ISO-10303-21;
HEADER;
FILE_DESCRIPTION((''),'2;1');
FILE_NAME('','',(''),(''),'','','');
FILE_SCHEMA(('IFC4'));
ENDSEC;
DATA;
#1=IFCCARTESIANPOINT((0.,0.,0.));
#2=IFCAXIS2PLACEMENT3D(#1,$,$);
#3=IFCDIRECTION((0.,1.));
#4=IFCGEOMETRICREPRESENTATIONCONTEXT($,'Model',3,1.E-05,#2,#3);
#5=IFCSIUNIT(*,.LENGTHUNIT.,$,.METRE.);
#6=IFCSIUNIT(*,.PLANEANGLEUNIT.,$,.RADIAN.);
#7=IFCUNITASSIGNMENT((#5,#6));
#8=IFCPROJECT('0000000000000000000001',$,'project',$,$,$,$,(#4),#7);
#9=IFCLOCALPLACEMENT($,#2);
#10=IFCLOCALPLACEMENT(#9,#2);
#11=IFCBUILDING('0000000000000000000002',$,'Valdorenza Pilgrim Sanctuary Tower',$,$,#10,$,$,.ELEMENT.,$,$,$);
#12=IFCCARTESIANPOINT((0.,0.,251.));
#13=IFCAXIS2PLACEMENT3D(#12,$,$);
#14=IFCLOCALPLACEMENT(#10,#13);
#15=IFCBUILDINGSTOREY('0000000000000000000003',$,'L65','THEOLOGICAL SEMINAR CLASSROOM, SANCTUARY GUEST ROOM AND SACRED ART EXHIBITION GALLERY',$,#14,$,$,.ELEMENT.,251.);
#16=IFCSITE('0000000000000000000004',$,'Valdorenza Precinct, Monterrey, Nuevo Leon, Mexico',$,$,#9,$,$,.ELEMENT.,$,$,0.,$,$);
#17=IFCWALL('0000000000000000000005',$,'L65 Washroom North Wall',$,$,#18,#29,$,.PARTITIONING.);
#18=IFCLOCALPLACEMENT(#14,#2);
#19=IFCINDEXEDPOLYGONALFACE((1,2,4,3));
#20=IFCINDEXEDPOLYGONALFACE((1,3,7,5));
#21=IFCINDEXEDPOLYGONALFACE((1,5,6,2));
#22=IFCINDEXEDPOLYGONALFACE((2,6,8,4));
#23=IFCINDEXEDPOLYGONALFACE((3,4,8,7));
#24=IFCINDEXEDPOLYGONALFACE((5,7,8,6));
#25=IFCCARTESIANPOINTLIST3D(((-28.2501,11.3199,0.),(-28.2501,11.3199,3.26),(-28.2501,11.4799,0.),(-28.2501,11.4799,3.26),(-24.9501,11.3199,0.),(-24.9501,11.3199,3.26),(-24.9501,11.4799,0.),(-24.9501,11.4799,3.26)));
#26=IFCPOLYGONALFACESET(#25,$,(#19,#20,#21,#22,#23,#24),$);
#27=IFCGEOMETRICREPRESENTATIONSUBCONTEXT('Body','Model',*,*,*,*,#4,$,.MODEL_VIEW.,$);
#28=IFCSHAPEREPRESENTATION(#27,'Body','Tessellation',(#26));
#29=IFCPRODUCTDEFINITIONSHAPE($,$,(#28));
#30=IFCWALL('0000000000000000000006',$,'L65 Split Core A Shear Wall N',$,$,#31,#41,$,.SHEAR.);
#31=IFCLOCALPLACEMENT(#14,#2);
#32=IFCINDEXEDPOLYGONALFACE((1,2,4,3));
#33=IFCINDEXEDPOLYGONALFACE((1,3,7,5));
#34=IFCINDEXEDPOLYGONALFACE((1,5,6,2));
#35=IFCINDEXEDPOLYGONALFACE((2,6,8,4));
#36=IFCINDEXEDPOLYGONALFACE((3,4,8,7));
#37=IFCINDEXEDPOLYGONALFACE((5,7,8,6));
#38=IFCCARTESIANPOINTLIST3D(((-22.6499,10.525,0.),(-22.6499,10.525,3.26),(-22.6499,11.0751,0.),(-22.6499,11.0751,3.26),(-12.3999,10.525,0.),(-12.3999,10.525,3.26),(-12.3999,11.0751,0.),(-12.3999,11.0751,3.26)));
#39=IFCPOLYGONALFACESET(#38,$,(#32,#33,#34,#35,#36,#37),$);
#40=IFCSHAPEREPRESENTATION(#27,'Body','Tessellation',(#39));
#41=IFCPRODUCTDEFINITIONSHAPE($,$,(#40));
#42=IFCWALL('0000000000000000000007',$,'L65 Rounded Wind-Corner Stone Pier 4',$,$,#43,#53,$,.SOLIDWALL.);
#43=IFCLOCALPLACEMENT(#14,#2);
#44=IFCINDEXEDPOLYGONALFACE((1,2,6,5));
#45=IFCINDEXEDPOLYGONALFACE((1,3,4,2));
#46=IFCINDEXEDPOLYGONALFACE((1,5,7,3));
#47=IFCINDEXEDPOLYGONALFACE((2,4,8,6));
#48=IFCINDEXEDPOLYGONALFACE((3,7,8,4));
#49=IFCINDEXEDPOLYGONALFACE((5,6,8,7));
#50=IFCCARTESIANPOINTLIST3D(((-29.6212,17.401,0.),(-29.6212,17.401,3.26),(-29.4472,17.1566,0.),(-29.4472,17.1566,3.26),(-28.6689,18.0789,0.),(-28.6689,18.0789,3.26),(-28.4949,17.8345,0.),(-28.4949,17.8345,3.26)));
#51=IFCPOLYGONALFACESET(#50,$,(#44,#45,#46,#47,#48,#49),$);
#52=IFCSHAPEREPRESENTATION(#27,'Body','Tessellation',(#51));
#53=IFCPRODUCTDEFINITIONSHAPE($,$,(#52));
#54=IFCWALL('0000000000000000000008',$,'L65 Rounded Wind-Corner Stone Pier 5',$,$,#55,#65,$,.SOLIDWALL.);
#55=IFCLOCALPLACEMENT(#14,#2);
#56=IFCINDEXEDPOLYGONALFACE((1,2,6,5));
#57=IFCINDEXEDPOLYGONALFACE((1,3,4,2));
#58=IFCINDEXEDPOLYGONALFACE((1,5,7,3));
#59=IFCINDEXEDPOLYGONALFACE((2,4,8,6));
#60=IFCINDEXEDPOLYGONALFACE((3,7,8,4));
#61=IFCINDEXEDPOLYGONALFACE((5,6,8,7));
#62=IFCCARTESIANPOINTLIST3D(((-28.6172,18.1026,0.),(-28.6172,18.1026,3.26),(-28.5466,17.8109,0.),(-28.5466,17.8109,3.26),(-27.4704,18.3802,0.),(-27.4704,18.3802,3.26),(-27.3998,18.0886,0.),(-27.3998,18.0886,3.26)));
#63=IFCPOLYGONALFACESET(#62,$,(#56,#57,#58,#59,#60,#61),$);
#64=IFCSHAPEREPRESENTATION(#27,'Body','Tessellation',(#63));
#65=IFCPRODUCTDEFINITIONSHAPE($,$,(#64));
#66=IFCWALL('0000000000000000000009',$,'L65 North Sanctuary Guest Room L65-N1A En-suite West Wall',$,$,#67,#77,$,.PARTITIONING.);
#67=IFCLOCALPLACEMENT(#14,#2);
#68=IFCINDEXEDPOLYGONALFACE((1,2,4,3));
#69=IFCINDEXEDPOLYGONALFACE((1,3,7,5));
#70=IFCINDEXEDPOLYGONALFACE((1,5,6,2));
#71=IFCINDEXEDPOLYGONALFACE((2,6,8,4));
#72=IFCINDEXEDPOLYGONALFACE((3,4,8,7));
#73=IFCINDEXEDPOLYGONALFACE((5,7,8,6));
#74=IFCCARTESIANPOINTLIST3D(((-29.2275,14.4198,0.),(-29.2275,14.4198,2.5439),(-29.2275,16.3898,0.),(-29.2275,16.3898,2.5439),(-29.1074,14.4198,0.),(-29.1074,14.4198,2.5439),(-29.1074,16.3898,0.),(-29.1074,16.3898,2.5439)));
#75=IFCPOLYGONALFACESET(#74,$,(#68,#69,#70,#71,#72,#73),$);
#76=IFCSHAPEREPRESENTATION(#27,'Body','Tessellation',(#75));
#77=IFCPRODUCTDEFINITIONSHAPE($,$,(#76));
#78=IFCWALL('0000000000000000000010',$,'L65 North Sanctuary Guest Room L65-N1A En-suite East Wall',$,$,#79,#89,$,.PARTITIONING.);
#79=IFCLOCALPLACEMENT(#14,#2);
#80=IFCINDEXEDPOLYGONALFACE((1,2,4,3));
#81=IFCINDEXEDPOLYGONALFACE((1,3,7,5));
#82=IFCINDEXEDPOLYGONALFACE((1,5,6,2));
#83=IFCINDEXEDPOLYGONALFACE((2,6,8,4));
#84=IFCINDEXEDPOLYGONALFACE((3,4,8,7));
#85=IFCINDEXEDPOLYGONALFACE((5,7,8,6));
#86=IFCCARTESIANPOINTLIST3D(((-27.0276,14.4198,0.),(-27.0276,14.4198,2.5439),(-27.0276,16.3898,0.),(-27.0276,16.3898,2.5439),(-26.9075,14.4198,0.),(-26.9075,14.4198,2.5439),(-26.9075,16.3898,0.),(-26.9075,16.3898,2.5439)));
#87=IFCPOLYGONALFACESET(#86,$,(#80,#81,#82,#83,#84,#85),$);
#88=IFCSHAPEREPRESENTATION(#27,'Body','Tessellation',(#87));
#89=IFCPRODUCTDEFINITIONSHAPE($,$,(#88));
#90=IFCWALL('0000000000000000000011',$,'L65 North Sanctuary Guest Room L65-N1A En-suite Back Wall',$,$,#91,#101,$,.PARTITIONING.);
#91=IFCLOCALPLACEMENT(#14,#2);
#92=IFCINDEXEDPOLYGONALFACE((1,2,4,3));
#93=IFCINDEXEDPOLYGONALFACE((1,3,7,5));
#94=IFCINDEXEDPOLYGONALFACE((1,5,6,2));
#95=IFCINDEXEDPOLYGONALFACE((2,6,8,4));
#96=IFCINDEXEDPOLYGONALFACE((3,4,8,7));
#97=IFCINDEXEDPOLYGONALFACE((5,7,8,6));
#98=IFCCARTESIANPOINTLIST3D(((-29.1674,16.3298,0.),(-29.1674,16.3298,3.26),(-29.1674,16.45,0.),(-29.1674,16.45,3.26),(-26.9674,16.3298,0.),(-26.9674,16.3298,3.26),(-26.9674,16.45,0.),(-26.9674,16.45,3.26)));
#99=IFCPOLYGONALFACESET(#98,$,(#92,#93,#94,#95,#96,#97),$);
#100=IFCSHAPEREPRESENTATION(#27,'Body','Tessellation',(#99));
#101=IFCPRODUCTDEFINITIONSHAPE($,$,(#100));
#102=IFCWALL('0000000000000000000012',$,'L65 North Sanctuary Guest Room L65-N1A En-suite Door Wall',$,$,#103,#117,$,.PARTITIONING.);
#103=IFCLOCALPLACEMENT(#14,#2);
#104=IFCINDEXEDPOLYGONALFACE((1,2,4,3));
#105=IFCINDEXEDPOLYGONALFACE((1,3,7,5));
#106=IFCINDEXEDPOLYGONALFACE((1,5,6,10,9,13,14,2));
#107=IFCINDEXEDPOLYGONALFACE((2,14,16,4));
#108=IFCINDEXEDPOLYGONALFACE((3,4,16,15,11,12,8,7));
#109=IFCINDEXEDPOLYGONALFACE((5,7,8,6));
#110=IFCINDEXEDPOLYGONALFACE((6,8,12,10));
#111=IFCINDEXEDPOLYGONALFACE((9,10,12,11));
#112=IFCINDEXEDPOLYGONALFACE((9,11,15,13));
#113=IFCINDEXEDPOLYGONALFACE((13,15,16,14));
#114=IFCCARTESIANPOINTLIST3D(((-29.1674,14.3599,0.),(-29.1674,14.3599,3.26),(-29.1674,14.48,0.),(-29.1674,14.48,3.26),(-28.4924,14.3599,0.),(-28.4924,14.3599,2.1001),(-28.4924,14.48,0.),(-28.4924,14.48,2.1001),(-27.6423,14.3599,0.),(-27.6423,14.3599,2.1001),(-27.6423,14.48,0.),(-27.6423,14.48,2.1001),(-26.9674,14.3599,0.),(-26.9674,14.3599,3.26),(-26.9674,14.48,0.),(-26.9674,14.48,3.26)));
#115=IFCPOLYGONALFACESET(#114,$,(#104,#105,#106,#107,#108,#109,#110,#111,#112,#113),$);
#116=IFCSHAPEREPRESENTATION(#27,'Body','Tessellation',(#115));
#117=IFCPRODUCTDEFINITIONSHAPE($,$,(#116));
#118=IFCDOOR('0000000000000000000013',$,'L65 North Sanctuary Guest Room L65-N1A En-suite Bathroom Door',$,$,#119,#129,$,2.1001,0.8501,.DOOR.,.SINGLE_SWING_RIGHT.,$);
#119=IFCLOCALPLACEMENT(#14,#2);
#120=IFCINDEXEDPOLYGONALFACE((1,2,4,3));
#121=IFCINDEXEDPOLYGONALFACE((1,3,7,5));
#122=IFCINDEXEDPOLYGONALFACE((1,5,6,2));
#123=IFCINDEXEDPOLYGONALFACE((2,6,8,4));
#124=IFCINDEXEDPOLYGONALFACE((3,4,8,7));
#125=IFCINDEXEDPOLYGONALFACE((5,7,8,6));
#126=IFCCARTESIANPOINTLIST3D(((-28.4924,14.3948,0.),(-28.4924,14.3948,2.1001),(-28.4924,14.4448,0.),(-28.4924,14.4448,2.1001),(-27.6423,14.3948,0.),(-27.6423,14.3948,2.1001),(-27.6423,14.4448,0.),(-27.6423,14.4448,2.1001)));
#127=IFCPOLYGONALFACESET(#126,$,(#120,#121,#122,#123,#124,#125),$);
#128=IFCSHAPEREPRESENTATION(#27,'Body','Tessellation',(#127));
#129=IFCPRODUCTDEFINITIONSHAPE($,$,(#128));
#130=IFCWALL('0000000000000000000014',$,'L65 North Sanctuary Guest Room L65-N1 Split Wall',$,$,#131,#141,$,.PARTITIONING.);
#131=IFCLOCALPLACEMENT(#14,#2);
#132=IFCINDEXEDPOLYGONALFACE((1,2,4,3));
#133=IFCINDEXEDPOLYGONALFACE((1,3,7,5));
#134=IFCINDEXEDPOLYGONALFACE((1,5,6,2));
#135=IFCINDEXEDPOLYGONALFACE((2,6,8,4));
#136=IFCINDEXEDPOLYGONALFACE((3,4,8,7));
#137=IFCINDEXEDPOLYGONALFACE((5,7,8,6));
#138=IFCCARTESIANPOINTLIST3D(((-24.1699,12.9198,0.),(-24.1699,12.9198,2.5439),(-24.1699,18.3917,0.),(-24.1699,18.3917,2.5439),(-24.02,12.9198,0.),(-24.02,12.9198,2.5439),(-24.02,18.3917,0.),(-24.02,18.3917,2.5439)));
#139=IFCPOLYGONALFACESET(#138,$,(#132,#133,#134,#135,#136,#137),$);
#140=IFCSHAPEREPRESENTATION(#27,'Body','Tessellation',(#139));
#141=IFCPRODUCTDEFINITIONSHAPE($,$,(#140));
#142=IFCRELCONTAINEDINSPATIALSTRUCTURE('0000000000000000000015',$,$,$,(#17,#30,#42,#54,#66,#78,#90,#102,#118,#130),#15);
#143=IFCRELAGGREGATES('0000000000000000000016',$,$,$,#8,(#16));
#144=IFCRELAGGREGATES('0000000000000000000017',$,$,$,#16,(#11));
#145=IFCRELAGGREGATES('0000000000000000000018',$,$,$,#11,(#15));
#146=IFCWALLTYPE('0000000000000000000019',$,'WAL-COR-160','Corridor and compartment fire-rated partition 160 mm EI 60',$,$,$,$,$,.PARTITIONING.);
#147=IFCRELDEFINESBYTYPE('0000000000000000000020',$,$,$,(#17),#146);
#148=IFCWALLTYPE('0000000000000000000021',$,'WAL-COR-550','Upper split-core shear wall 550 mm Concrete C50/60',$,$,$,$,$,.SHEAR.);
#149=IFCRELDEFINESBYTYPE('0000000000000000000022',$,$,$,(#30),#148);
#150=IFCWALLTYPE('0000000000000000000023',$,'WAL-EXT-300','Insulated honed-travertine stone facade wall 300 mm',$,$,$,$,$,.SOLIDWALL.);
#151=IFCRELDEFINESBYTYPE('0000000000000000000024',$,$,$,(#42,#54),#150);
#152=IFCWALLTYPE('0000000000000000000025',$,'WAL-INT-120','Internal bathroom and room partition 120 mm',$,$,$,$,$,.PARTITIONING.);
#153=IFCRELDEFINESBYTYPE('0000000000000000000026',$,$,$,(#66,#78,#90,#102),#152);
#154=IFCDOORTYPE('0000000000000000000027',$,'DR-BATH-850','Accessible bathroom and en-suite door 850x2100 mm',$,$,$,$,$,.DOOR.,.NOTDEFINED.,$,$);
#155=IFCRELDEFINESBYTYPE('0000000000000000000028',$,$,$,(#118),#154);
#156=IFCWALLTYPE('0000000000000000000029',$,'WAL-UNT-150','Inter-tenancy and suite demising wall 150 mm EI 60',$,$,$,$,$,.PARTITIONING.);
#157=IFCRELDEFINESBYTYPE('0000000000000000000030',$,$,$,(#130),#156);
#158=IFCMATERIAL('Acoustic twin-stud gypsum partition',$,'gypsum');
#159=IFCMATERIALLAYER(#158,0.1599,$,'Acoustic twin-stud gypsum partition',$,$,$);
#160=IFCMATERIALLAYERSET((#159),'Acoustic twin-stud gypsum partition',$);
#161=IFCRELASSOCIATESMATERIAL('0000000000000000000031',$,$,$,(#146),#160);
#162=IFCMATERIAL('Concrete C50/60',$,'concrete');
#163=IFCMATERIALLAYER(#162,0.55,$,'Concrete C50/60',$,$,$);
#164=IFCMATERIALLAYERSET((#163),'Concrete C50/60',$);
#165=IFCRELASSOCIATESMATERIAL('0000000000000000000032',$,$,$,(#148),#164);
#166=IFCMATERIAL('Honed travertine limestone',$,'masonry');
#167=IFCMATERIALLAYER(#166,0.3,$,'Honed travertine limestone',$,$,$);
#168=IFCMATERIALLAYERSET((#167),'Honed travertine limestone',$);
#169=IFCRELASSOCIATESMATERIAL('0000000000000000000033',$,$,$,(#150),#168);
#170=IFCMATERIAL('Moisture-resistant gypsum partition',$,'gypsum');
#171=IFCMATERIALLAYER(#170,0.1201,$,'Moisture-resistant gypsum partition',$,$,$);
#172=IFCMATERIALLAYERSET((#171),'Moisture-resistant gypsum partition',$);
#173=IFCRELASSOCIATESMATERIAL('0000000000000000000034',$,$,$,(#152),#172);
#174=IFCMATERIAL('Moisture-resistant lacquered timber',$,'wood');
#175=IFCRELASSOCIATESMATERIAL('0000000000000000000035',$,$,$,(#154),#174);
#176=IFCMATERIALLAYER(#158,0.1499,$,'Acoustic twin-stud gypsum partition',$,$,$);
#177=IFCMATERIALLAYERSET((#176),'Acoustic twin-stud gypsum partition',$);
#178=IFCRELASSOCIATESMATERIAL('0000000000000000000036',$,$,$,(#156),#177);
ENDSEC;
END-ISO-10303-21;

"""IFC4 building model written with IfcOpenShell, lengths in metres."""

from ifc_helpers import new_model, si_unit, direction, frame, frame_2d, origin, place, context, subcontext, project, spatial, rectangle, extrude, material, layer, layer_set, type_object, element, fill, save


model = new_model("IFC4")

# Units and contexts
model_context = context("Model", 3, precision=1e-05, world=origin(), true_north=direction((0.0, 1.0)))
body_context = subcontext(model_context, "Body", "Model", "MODEL_VIEW")
ifc_project = project(units=[si_unit("LENGTHUNIT", "METRE"), si_unit("PLANEANGLEUNIT", "RADIAN")], contexts=[model_context])

# Site, building, storey
site_placement = place(None, origin())
site = spatial("IfcSite", under=ifc_project, at=site_placement, Name="Valdorenza Precinct, Monterrey, Nuevo Leon, Mexico", CompositionType="ELEMENT", RefElevation=0.0)
building_placement = place(site_placement, origin())
building = spatial("IfcBuilding", under=site, at=building_placement, Name="Valdorenza Pilgrim Sanctuary Tower", CompositionType="ELEMENT")
storey_placement = place(building_placement, frame((0.0, 0.0, 251.0)))
storey = spatial("IfcBuildingStorey", under=building, at=storey_placement, Name="L65", Description="THEOLOGICAL SEMINAR CLASSROOM, SANCTUARY GUEST ROOM AND SACRED ART EXHIBITION GALLERY", CompositionType="ELEMENT", Elevation=251.0)

# Shared definitions
ifc_material_1 = material(Name="Concrete C50/60", Category="concrete")

# Shared definitions
ifc_material_2 = material(Name="Honed travertine limestone", Category="masonry")

# Walls
ifc_material_3 = material(Name="Acoustic twin-stud gypsum partition", Category="gypsum")
ifc_layer_1 = layer(ifc_material_3, 0.1599, Name="Acoustic twin-stud gypsum partition")
ifc_layer_set_1 = layer_set([ifc_layer_1], Name="Acoustic twin-stud gypsum partition")
wall_type_1 = type_object("IfcWallType", Name="WAL-COR-160", Description="Corridor and compartment fire-rated partition 160 mm EI 60", PredefinedType="PARTITIONING", material=ifc_layer_set_1)
wall_1_placement = place(storey_placement, frame((-28.25, 11.3999, 0.0), z_axis=(0.0, 0.0, 1.0), x_axis=(1.0, 0.0, 0.0)))
element("IfcWall", 1, at=wall_1_placement, inside=storey, type_object=wall_type_1, Name="L65 Washroom North Wall", PredefinedType="PARTITIONING", context=body_context, shape_type="SweptSolid", body=[
    extrude(rectangle(XDim=3.3, YDim=0.1599, at=frame_2d((1.6499, 0.0))), origin(), (0.0, 0.0, 1.0), 3.26),
])
ifc_layer_2 = layer(ifc_material_1, 0.55, Name="Concrete C50/60")
ifc_layer_set_2 = layer_set([ifc_layer_2], Name="Concrete C50/60")
wall_type_2 = type_object("IfcWallType", Name="WAL-COR-550", Description="Upper split-core shear wall 550 mm Concrete C50/60", PredefinedType="SHEAR", material=ifc_layer_set_2)
wall_2_placement = place(storey_placement, frame((-22.6499, 10.8, 0.0), z_axis=(0.0, 0.0, 1.0), x_axis=(1.0, 0.0, 0.0)))
element("IfcWall", 2, at=wall_2_placement, inside=storey, type_object=wall_type_2, Name="L65 Split Core A Shear Wall N", PredefinedType="SHEAR", context=body_context, shape_type="SweptSolid", body=[
    extrude(rectangle(XDim=10.25, YDim=0.55, at=frame_2d((5.125, 0.0))), origin(), (0.0, 0.0, 1.0), 3.26),
])
ifc_layer_3 = layer(ifc_material_2, 0.3, Name="Honed travertine limestone")
ifc_layer_set_3 = layer_set([ifc_layer_3], Name="Honed travertine limestone")
wall_type_3 = type_object("IfcWallType", Name="WAL-EXT-300", Description="Insulated honed-travertine stone facade wall 300 mm", PredefinedType="SOLIDWALL", material=ifc_layer_set_3)
wall_3_placement = place(storey_placement, frame((-29.5342, 17.2788, 0.0), z_axis=(0.0, 0.0, 1.0), x_axis=(0.814664, 0.579934, 0.0)))
element("IfcWall", 3, at=wall_3_placement, inside=storey, type_object=wall_type_3, Name="L65 Rounded Wind-Corner Stone Pier 4", PredefinedType="SOLIDWALL", context=body_context, shape_type="SweptSolid", body=[
    extrude(rectangle(XDim=1.1689, YDim=0.3, at=frame_2d((0.5845, 0.0))), origin(), (0.0, 0.0, 1.0), 3.26),
])
wall_4_placement = place(storey_placement, frame((-28.5818, 17.9568, 0.0), z_axis=(0.0, 0.0, 1.0), x_axis=(0.971929, 0.235274, 0.0)))
element("IfcWall", 4, at=wall_4_placement, inside=storey, type_object=wall_type_3, Name="L65 Rounded Wind-Corner Stone Pier 5", PredefinedType="SOLIDWALL", context=body_context, shape_type="SweptSolid", body=[
    extrude(rectangle(XDim=1.1799, YDim=0.3, at=frame_2d((0.5898, 0.0))), origin(), (0.0, 0.0, 1.0), 3.26),
])
ifc_material_4 = material(Name="Moisture-resistant gypsum partition", Category="gypsum")
ifc_layer_4 = layer(ifc_material_4, 0.1201, Name="Moisture-resistant gypsum partition")
ifc_layer_set_4 = layer_set([ifc_layer_4], Name="Moisture-resistant gypsum partition")
wall_type_4 = type_object("IfcWallType", Name="WAL-INT-120", Description="Internal bathroom and room partition 120 mm", PredefinedType="PARTITIONING", material=ifc_layer_set_4)
for number, where, z_axis, x_axis, name in (
    (5, (-29.1675, 14.4199, 0.0), (0.0, 0.0, 1.0), (0.0, 1.0, 0.0), "L65 North Sanctuary Guest Room L65-N1A En-suite West Wall"),
    (6, (-26.9675, 14.4199, 0.0), (0.0, 0.0, 1.0), (0.0, 1.0, 0.0), "L65 North Sanctuary Guest Room L65-N1A En-suite East Wall"),
):
    element("IfcWall", number, at=place(storey_placement, frame(where, z_axis=z_axis, x_axis=x_axis)), inside=storey, type_object=wall_type_4, Name=name, PredefinedType="PARTITIONING", context=body_context, shape_type="SweptSolid", body=[
        extrude(rectangle(XDim=1.97, YDim=0.1201, at=frame_2d((0.9849, 0.0))), origin(), (0.0, 0.0, 1.0), 2.5439),
    ])
wall_5_placement = place(storey_placement, frame((-29.1675, 16.3899, 0.0), z_axis=(0.0, 0.0, 1.0), x_axis=(1.0, 0.0, 0.0)))
element("IfcWall", 7, at=wall_5_placement, inside=storey, type_object=wall_type_4, Name="L65 North Sanctuary Guest Room L65-N1A En-suite Back Wall", PredefinedType="PARTITIONING", context=body_context, shape_type="SweptSolid", body=[
    extrude(rectangle(XDim=2.2, YDim=0.1201, at=frame_2d((1.1001, 0.0))), origin(), (0.0, 0.0, 1.0), 3.26),
])

# Wall, opening, door
wall_6_placement = place(storey_placement, frame((-29.1675, 14.4199, 0.0), z_axis=(0.0, 0.0, 1.0), x_axis=(1.0, 0.0, 0.0)))
wall_6 = element("IfcWall", 8, at=wall_6_placement, inside=storey, type_object=wall_type_4, Name="L65 North Sanctuary Guest Room L65-N1A En-suite Door Wall", PredefinedType="PARTITIONING", context=body_context, shape_type="SweptSolid", body=[
    extrude(rectangle(XDim=2.2, YDim=0.1201, at=frame_2d((1.1001, 0.0))), origin(), (0.0, 0.0, 1.0), 3.26),
])
opening_placement = place(wall_6_placement, frame((0.675, 0.0, 0.0)))
opening = element("IfcOpeningElement", 9, at=opening_placement, cuts=wall_6, PredefinedType="OPENING", context=body_context, shape_type="SweptSolid", body=[
    extrude(rectangle(XDim=0.8501, YDim=2.1001, at=frame_2d((0.425, 1.05))), frame((0.0, 0.075, 0.0), z_axis=(0.0, -1.0, 0.0), x_axis=(1.0, 0.0, 0.0)), (0.0, 0.0, 1.0), 0.1499),
])
ifc_material_5 = material(Name="Moisture-resistant lacquered timber", Category="wood")
door_type = type_object("IfcDoorType", Name="DR-BATH-850", Description="Accessible bathroom and en-suite door 850x2100 mm", OperationType="NOTDEFINED", PredefinedType="DOOR", material=ifc_material_5)
door_placement = place(opening_placement, origin())
door = element("IfcDoor", 10, at=door_placement, inside=storey, type_object=door_type, Name="L65 North Sanctuary Guest Room L65-N1A En-suite Bathroom Door", OperationType="SINGLE_SWING_RIGHT", OverallHeight=2.1001, OverallWidth=0.8501, PredefinedType="DOOR", context=body_context, shape_type="SweptSolid", body=[
    extrude(rectangle(XDim=0.8501, YDim=2.1001, at=frame_2d((0.425, 1.05))), frame((0.0, 0.0249, 0.0), z_axis=(0.0, -1.0, 0.0), x_axis=(1.0, 0.0, 0.0)), (0.0, 0.0, 1.0), 0.05),
])
fill(opening, door)

# Wall
ifc_layer_5 = layer(ifc_material_3, 0.1499, Name="Acoustic twin-stud gypsum partition")
ifc_layer_set_5 = layer_set([ifc_layer_5], Name="Acoustic twin-stud gypsum partition")
wall_type_5 = type_object("IfcWallType", Name="WAL-UNT-150", Description="Inter-tenancy and suite demising wall 150 mm EI 60", PredefinedType="PARTITIONING", material=ifc_layer_set_5)
wall_7_placement = place(storey_placement, frame((-24.095, 12.9199, 0.0), z_axis=(0.0, 0.0, 1.0), x_axis=(0.0, 1.0, 0.0)))
element("IfcWall", 11, at=wall_7_placement, inside=storey, type_object=wall_type_5, Name="L65 North Sanctuary Guest Room L65-N1 Split Wall", PredefinedType="PARTITIONING", context=body_context, shape_type="SweptSolid", body=[
    extrude(rectangle(XDim=5.4719, YDim=0.1499, at=frame_2d((2.7358, 0.0))), origin(), (0.0, 0.0, 1.0), 2.5439),
])

save(model, "model.ifc")
